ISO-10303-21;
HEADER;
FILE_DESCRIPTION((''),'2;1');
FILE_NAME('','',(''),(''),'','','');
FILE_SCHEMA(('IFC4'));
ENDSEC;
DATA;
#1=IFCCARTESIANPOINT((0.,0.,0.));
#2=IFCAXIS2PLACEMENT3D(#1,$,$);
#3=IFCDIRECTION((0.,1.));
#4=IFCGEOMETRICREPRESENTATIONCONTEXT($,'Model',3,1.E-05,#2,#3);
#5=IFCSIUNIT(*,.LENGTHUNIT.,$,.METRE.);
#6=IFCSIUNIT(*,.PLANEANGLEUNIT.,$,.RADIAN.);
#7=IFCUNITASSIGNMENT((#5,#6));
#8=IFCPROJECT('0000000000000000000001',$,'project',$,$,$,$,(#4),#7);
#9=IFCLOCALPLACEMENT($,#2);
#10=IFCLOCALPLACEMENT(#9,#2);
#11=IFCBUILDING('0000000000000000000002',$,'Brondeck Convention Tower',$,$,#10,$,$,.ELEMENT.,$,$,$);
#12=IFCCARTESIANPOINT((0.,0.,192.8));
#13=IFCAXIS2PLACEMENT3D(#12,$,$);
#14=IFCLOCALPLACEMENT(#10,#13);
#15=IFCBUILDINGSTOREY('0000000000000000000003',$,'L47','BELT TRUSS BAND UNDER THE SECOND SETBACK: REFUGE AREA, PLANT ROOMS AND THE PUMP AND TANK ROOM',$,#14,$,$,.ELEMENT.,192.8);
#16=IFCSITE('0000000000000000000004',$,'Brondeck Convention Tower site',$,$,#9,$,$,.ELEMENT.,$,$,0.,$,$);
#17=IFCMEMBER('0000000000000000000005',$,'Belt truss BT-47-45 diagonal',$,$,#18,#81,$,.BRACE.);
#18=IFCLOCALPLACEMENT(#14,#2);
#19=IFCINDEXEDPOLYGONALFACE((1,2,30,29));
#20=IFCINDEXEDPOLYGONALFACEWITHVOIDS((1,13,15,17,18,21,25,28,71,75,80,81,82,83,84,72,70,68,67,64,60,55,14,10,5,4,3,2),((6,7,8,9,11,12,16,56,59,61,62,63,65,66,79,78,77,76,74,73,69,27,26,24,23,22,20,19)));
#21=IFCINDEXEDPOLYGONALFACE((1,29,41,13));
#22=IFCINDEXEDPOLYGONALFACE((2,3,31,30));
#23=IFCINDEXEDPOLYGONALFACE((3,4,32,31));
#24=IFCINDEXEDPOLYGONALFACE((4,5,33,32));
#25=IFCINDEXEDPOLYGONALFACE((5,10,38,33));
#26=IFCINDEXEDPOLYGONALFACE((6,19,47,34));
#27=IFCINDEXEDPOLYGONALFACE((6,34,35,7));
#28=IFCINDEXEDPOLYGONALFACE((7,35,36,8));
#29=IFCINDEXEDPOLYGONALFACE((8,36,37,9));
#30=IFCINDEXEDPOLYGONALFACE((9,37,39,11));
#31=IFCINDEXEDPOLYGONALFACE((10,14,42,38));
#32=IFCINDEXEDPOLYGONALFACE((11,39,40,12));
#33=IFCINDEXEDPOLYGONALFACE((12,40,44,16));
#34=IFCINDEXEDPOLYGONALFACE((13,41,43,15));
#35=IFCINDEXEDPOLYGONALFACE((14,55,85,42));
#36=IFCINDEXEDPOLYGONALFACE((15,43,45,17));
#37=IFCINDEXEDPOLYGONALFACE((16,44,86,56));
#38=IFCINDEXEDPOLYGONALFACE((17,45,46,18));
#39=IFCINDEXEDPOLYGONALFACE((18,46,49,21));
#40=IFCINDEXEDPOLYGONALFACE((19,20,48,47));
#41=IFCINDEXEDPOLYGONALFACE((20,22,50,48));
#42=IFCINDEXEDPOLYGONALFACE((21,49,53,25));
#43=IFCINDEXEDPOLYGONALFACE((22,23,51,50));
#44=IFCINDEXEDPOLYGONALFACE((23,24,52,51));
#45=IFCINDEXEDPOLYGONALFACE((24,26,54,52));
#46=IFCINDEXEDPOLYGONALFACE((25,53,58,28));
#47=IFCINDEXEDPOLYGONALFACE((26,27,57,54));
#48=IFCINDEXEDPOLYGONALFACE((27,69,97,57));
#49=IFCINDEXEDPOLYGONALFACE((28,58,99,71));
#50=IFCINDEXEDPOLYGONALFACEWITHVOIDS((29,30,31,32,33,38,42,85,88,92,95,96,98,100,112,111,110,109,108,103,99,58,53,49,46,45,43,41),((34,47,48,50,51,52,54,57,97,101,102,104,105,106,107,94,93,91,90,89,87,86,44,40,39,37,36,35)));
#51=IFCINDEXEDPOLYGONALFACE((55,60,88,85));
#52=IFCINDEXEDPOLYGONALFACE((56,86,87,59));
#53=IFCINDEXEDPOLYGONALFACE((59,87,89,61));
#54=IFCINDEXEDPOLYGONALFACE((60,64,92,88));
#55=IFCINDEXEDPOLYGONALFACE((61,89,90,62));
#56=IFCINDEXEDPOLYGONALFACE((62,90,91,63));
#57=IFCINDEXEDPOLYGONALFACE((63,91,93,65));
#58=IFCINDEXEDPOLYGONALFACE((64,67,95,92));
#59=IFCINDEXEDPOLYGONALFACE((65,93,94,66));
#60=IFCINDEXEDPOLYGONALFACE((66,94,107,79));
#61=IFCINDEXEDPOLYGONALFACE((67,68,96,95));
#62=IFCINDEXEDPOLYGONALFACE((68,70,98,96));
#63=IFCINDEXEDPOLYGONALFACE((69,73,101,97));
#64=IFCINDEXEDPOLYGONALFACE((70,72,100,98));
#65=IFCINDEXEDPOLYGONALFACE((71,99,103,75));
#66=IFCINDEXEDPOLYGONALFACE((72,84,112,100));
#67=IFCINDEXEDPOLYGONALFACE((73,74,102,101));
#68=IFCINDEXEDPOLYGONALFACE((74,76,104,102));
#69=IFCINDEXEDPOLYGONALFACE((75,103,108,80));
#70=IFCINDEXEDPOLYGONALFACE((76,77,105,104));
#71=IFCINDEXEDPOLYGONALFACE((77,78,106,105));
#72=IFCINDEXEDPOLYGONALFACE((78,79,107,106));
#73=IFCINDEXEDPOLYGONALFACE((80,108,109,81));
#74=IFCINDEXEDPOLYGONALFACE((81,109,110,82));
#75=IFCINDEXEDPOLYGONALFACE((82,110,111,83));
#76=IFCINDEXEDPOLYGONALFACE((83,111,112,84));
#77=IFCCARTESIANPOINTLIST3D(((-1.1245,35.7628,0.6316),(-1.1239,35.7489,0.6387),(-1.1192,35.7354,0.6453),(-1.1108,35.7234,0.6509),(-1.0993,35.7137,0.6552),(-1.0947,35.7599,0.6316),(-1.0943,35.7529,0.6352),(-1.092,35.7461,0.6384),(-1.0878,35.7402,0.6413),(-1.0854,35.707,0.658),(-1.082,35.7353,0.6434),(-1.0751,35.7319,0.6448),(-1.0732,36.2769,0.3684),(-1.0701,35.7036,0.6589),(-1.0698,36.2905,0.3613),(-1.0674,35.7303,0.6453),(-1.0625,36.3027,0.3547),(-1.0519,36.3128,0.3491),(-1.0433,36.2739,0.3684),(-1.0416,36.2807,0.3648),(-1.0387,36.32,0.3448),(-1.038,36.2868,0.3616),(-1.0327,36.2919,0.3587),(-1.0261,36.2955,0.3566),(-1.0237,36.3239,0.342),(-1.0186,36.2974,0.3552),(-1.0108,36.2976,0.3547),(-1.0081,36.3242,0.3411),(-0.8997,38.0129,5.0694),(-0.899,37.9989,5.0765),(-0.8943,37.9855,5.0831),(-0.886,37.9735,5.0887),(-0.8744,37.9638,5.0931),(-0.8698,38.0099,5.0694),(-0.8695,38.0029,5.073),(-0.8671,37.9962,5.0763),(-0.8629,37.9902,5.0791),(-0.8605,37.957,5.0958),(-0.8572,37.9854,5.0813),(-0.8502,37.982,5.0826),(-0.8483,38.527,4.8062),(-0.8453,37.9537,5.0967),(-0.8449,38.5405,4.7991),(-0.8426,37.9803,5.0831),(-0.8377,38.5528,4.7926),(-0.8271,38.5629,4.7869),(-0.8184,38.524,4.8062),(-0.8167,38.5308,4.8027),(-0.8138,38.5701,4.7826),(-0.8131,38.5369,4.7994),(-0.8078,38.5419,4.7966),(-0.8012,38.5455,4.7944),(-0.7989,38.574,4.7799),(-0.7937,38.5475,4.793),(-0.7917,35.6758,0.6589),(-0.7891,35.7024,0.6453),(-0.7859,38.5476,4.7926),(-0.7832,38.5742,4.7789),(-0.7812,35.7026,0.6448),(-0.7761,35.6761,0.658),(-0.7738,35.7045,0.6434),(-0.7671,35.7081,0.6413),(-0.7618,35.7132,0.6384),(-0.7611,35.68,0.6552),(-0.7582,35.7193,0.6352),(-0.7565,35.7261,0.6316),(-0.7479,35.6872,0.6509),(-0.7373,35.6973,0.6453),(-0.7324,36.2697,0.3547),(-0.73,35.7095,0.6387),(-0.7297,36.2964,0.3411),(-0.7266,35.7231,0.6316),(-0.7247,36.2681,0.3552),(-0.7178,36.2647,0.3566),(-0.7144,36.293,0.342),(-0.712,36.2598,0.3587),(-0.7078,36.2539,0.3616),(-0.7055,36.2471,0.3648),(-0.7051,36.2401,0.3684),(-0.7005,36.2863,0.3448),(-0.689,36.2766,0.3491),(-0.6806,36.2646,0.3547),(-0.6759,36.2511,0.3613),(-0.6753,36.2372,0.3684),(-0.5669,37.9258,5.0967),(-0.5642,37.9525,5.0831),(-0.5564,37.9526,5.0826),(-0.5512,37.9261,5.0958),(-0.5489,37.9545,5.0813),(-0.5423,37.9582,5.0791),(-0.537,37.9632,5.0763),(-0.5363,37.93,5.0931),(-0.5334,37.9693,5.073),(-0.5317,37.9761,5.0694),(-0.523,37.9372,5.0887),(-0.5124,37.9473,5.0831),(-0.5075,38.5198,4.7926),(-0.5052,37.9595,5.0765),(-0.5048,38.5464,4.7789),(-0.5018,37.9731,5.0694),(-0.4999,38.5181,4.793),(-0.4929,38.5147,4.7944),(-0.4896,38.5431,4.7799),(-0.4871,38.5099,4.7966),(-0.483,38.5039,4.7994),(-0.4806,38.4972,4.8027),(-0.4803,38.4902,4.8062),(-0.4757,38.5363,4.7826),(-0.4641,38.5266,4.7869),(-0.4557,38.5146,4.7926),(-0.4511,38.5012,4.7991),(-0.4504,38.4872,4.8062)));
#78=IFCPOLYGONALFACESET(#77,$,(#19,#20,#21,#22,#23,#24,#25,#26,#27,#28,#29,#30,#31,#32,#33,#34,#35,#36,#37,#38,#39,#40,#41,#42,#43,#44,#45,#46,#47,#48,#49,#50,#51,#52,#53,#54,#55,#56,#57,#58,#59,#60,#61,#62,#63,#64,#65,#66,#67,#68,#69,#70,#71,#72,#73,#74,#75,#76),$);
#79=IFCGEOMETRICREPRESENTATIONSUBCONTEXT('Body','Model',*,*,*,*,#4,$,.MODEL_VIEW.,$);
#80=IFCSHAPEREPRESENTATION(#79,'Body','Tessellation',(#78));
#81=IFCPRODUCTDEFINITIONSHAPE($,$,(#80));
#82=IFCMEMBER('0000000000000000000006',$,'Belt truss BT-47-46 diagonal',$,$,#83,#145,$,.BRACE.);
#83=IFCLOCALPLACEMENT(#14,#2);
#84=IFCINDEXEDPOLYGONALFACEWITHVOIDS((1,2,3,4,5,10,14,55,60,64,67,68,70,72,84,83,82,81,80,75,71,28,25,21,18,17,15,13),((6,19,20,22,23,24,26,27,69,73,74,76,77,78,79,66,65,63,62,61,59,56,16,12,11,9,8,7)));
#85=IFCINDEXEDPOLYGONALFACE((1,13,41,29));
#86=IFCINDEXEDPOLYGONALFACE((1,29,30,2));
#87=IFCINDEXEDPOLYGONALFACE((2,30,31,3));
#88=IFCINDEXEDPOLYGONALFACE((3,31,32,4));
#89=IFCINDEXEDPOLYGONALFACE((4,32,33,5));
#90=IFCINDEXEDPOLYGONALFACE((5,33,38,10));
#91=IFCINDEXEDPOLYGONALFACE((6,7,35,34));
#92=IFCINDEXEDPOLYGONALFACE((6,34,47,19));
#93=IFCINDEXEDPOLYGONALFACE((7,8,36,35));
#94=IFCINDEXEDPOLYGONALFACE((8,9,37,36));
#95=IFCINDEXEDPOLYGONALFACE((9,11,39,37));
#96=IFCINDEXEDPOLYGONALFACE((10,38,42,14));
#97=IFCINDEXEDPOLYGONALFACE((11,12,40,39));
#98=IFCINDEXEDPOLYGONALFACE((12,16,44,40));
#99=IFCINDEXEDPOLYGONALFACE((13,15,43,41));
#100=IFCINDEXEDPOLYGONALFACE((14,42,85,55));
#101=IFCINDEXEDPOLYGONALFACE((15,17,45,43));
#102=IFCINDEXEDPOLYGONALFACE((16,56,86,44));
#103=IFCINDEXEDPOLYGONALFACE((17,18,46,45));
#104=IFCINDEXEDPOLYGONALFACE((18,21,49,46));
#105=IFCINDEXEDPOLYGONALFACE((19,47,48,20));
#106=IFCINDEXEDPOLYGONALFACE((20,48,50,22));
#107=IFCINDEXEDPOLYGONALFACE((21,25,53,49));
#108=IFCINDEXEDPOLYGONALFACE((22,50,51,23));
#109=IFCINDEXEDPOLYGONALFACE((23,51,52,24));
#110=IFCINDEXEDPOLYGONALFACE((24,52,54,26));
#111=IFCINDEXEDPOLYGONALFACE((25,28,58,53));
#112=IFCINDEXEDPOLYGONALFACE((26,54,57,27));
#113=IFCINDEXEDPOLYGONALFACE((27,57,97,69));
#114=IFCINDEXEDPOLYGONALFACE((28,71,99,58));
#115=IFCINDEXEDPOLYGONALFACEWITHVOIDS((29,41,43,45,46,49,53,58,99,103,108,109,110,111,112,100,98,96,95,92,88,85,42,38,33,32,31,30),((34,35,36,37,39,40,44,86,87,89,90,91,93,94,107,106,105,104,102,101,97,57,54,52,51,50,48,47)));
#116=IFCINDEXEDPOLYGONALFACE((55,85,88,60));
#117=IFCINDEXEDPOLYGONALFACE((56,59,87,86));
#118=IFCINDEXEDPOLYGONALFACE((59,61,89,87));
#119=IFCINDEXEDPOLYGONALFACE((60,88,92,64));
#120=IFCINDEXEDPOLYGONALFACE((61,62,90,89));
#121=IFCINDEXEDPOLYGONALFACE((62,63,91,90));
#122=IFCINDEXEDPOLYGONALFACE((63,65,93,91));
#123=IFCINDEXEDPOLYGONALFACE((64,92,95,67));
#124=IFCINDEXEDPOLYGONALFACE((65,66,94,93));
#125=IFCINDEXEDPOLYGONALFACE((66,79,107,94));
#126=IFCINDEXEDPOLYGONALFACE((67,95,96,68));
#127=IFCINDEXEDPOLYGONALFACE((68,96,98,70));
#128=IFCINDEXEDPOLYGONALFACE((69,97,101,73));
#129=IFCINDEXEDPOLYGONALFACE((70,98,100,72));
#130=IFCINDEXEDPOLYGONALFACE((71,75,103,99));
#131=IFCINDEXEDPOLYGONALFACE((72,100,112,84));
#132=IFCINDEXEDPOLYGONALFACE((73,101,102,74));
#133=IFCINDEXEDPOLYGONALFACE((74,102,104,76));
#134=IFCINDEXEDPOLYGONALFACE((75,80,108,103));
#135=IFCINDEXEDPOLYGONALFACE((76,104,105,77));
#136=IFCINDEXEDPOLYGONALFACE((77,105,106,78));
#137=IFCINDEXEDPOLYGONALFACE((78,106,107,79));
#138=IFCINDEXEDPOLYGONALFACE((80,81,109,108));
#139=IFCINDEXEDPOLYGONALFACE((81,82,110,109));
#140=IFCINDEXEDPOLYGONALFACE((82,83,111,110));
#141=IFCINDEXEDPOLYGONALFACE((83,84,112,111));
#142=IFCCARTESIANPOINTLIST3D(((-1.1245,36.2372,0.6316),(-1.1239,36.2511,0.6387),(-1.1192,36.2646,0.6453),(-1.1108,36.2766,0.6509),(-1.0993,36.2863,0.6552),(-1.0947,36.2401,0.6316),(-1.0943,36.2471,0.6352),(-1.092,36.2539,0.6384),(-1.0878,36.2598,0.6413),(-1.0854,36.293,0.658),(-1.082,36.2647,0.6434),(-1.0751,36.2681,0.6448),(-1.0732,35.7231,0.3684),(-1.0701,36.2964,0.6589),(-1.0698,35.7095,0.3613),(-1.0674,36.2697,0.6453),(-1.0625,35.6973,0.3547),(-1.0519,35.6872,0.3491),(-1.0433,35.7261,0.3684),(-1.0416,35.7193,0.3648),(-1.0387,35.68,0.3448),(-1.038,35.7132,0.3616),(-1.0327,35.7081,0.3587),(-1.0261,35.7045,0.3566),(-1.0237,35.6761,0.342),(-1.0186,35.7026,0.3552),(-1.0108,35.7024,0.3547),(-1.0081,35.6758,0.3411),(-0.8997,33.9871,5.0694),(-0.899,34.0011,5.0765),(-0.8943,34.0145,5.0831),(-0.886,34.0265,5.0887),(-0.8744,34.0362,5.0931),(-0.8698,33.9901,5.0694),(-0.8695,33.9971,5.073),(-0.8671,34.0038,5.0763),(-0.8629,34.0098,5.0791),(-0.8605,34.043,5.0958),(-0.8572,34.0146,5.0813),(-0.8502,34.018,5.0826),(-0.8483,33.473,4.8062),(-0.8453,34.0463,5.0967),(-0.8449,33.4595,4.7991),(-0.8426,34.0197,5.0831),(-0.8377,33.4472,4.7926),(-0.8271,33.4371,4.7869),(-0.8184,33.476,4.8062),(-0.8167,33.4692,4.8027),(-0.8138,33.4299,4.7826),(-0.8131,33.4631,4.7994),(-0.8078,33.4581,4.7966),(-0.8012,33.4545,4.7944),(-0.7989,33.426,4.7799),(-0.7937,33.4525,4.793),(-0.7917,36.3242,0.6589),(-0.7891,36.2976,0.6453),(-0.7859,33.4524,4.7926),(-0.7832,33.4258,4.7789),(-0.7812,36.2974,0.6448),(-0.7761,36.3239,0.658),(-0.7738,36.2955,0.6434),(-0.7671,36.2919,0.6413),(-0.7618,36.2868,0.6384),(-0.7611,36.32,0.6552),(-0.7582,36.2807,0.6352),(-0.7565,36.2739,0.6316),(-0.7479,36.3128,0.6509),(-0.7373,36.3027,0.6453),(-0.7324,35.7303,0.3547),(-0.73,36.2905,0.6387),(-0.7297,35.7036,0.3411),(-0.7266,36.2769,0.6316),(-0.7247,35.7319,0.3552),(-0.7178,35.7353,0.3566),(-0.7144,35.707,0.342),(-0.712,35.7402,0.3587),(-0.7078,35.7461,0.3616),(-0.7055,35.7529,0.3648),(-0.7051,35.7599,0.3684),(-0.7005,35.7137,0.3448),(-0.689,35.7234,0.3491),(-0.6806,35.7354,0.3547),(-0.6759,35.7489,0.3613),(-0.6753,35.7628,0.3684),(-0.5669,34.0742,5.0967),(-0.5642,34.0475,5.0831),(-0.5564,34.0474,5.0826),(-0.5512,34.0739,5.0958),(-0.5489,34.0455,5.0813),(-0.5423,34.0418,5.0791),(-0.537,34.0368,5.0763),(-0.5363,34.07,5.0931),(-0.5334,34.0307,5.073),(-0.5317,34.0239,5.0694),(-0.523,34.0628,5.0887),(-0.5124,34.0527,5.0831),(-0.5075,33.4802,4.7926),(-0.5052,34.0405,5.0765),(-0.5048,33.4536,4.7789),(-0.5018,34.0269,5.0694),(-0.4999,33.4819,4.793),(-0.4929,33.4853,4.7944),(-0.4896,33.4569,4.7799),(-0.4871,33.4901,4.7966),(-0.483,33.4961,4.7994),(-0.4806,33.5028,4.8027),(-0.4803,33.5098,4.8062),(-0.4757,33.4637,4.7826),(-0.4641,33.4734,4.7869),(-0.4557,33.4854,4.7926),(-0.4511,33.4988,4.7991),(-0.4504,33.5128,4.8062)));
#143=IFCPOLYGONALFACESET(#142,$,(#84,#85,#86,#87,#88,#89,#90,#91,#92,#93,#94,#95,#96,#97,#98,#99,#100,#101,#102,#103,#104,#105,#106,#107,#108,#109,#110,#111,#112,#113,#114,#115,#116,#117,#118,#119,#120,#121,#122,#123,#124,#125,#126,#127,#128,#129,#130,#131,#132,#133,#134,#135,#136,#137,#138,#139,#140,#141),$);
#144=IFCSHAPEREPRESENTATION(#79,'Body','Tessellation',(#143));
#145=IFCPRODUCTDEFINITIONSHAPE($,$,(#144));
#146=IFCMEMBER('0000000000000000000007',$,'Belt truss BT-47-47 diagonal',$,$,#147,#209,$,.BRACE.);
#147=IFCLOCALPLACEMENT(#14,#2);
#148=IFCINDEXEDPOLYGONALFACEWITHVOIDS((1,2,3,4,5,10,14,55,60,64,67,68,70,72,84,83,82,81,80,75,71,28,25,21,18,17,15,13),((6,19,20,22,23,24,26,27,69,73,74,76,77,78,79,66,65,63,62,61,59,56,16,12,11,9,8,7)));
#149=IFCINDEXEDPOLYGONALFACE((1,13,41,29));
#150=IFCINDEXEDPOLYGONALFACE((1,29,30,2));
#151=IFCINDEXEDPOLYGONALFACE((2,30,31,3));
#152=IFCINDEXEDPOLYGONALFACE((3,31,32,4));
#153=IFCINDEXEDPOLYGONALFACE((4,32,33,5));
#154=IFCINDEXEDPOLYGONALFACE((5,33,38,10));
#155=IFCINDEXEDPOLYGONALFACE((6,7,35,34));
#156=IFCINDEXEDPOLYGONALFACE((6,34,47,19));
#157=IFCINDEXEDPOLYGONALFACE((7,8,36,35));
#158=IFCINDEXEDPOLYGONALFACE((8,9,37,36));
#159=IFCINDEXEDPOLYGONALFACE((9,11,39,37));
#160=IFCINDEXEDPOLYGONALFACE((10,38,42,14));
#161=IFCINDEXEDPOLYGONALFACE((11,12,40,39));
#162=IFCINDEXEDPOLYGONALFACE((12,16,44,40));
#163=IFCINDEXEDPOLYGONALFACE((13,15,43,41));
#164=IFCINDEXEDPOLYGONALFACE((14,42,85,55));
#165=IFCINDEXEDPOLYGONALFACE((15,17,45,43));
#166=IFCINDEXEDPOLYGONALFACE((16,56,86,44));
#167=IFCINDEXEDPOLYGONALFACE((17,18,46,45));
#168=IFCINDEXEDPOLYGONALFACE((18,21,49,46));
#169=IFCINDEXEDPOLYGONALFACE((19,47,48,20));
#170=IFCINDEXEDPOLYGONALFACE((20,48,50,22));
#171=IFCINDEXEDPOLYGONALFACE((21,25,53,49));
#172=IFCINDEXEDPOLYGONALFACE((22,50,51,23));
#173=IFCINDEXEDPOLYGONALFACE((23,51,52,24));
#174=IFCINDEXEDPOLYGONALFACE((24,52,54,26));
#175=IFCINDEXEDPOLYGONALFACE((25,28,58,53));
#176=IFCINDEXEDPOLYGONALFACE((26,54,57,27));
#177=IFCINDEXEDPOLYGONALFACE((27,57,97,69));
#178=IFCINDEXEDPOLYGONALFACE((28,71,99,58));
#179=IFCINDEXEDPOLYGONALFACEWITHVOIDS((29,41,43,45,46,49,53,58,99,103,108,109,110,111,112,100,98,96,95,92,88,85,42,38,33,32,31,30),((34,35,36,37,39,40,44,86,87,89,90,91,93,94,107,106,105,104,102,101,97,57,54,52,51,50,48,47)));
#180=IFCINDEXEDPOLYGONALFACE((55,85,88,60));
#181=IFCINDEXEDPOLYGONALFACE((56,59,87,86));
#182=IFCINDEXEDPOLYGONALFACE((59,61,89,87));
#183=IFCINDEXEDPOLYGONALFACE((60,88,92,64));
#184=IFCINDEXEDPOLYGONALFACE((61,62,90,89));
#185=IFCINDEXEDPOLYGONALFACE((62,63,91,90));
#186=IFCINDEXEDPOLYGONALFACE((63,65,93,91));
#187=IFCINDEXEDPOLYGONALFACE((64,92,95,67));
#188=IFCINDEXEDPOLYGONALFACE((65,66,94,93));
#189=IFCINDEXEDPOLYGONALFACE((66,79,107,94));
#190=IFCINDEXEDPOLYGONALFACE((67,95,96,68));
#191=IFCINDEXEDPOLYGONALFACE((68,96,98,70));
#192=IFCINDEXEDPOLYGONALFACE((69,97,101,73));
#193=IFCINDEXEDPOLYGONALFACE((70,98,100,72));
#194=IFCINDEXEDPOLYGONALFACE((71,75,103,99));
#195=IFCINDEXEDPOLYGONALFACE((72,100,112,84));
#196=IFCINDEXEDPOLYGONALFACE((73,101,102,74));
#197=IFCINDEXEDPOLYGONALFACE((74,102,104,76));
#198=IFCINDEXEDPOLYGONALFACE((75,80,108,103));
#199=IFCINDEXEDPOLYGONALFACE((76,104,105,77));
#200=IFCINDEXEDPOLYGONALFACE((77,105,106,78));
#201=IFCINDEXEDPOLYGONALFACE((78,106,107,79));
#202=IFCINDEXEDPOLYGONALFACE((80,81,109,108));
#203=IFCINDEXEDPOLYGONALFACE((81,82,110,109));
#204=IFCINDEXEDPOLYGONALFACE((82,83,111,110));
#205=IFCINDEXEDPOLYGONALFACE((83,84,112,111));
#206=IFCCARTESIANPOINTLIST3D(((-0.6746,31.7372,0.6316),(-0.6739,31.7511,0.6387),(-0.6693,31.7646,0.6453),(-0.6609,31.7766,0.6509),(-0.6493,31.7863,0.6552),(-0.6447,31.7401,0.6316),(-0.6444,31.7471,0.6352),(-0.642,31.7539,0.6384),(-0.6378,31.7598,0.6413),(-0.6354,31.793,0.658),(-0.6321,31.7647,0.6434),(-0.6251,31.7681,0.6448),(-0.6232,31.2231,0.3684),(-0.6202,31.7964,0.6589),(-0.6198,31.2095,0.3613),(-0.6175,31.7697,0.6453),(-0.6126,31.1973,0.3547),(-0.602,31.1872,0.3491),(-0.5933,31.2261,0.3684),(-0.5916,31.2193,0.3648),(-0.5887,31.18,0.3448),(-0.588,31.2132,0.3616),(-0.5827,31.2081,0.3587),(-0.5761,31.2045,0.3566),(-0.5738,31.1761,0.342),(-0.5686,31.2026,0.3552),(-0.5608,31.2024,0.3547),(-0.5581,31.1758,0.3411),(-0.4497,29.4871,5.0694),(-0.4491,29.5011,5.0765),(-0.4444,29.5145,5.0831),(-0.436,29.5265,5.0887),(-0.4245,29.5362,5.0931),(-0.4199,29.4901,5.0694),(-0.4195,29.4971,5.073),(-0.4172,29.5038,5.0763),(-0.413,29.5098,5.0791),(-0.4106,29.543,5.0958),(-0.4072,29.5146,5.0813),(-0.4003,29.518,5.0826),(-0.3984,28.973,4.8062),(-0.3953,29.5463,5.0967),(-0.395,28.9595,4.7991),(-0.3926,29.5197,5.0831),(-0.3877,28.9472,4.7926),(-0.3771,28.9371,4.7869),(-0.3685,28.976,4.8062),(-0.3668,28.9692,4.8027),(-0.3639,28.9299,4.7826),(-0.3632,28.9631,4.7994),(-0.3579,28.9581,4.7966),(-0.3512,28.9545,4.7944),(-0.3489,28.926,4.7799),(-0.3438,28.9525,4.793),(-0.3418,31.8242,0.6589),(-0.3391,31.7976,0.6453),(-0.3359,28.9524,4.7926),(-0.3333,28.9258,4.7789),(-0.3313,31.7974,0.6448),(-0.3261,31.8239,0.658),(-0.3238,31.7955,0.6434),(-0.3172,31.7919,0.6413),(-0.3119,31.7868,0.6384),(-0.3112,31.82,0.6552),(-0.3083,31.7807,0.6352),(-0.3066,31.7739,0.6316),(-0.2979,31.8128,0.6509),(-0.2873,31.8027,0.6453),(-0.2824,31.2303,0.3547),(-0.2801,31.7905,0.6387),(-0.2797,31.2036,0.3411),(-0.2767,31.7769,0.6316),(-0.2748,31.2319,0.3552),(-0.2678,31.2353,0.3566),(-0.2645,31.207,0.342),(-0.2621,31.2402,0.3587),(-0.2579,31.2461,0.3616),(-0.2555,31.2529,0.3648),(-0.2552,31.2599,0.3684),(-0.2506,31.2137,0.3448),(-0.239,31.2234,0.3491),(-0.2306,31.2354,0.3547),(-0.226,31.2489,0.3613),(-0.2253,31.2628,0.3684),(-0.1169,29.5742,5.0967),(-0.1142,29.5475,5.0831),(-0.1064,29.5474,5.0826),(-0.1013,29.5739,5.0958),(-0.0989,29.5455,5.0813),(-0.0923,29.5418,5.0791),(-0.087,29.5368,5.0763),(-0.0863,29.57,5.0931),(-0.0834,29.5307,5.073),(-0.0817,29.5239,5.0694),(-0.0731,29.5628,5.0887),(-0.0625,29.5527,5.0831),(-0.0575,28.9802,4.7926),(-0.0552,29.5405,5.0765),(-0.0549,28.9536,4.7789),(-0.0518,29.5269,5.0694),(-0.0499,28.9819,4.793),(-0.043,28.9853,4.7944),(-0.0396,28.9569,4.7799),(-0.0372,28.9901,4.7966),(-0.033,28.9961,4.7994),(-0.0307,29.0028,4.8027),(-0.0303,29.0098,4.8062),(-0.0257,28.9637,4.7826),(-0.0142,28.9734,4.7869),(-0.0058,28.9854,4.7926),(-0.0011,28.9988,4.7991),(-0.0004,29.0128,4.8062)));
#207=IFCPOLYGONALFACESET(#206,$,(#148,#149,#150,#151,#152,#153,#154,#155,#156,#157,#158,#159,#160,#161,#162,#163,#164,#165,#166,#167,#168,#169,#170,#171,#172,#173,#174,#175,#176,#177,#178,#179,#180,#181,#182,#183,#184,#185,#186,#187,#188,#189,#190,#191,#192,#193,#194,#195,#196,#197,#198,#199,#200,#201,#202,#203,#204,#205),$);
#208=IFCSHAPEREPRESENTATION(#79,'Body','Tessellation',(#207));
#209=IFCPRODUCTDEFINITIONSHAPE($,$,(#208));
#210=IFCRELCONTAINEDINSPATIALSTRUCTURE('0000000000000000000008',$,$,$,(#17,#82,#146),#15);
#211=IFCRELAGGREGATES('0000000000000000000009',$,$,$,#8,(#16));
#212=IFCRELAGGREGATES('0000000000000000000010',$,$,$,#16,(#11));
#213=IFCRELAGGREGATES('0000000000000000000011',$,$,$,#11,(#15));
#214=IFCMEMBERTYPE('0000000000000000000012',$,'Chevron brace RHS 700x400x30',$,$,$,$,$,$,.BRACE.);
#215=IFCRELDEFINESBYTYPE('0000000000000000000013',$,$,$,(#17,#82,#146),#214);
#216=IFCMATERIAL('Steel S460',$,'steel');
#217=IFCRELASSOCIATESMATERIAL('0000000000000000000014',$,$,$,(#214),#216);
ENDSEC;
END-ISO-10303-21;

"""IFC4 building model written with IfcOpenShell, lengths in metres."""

from ifc_helpers import new_model, si_unit, direction, frame, origin, origin_2d, place, context, subcontext, project, spatial, hollow_rectangle, extrude, material, material_profile, profile_set, type_object, element, save


model = new_model("IFC4")

# Units and contexts
model_context = context("Model", 3, precision=1e-05, world=origin(), true_north=direction((0.0, 1.0)))
body_context = subcontext(model_context, "Body", "Model", "MODEL_VIEW")
ifc_project = project(units=[si_unit("LENGTHUNIT", "METRE"), si_unit("PLANEANGLEUNIT", "RADIAN")], contexts=[model_context])

# Site, building, storey
site_placement = place(None, origin())
site = spatial("IfcSite", under=ifc_project, at=site_placement, Name="Brondeck Convention Tower site", CompositionType="ELEMENT", RefElevation=0.0)
building_placement = place(site_placement, origin())
building = spatial("IfcBuilding", under=site, at=building_placement, Name="Brondeck Convention Tower", CompositionType="ELEMENT")
storey_placement = place(building_placement, frame((0.0, 0.0, 192.8)))
storey = spatial("IfcBuildingStorey", under=building, at=storey_placement, Name="L47", Description="BELT TRUSS BAND UNDER THE SECOND SETBACK: REFUGE AREA, PLANT ROOMS AND THE PUMP AND TANK ROOM", CompositionType="ELEMENT", Elevation=192.8)

# Members
ifc_material_1 = material(Name="Steel S460", Category="steel")
ifc_material_profile_1 = material_profile(ifc_material_1, hollow_rectangle(XDim=0.3999, YDim=0.7, WallThickness=0.03, InnerFilletRadius=0.03, OuterFilletRadius=0.0601, at=origin_2d()), Name="RHS 700x400x30")
ifc_profile_set_1 = profile_set([ifc_material_profile_1], Name="Steel S460")
member_type_1 = type_object("IfcMemberType", Name="Chevron brace RHS 700x400x30", PredefinedType="BRACE", material=ifc_profile_set_1)
for number, where, z_axis, x_axis, name in (
    (1, (-0.8999, 36.0, 0.5), (0.045146, 0.45175, 0.891001), (-0.995044, 0.09944, 0.0), "Belt truss BT-47-45 diagonal"),
    (2, (-0.8999, 36.0, 0.5), (0.045146, -0.45175, 0.891001), (0.995044, 0.09944, 0.0), "Belt truss BT-47-46 diagonal"),
    (3, (-0.45, 31.5, 0.5), (0.045146, -0.45175, 0.891001), (0.995044, 0.09944, 0.0), "Belt truss BT-47-47 diagonal"),
):
    element("IfcMember", number, at=place(storey_placement, frame(where, z_axis=z_axis, x_axis=x_axis)), inside=storey, type_object=member_type_1, Name=name, PredefinedType="BRACE", context=body_context, shape_type="SweptSolid", body=[
        extrude(hollow_rectangle(XDim=0.3999, YDim=0.7, WallThickness=0.03, InnerFilletRadius=0.03, OuterFilletRadius=0.0601, at=origin_2d()), origin(), (0.0, 0.0, 1.0), 4.9807),
    ])

save(model, "model.ifc")
